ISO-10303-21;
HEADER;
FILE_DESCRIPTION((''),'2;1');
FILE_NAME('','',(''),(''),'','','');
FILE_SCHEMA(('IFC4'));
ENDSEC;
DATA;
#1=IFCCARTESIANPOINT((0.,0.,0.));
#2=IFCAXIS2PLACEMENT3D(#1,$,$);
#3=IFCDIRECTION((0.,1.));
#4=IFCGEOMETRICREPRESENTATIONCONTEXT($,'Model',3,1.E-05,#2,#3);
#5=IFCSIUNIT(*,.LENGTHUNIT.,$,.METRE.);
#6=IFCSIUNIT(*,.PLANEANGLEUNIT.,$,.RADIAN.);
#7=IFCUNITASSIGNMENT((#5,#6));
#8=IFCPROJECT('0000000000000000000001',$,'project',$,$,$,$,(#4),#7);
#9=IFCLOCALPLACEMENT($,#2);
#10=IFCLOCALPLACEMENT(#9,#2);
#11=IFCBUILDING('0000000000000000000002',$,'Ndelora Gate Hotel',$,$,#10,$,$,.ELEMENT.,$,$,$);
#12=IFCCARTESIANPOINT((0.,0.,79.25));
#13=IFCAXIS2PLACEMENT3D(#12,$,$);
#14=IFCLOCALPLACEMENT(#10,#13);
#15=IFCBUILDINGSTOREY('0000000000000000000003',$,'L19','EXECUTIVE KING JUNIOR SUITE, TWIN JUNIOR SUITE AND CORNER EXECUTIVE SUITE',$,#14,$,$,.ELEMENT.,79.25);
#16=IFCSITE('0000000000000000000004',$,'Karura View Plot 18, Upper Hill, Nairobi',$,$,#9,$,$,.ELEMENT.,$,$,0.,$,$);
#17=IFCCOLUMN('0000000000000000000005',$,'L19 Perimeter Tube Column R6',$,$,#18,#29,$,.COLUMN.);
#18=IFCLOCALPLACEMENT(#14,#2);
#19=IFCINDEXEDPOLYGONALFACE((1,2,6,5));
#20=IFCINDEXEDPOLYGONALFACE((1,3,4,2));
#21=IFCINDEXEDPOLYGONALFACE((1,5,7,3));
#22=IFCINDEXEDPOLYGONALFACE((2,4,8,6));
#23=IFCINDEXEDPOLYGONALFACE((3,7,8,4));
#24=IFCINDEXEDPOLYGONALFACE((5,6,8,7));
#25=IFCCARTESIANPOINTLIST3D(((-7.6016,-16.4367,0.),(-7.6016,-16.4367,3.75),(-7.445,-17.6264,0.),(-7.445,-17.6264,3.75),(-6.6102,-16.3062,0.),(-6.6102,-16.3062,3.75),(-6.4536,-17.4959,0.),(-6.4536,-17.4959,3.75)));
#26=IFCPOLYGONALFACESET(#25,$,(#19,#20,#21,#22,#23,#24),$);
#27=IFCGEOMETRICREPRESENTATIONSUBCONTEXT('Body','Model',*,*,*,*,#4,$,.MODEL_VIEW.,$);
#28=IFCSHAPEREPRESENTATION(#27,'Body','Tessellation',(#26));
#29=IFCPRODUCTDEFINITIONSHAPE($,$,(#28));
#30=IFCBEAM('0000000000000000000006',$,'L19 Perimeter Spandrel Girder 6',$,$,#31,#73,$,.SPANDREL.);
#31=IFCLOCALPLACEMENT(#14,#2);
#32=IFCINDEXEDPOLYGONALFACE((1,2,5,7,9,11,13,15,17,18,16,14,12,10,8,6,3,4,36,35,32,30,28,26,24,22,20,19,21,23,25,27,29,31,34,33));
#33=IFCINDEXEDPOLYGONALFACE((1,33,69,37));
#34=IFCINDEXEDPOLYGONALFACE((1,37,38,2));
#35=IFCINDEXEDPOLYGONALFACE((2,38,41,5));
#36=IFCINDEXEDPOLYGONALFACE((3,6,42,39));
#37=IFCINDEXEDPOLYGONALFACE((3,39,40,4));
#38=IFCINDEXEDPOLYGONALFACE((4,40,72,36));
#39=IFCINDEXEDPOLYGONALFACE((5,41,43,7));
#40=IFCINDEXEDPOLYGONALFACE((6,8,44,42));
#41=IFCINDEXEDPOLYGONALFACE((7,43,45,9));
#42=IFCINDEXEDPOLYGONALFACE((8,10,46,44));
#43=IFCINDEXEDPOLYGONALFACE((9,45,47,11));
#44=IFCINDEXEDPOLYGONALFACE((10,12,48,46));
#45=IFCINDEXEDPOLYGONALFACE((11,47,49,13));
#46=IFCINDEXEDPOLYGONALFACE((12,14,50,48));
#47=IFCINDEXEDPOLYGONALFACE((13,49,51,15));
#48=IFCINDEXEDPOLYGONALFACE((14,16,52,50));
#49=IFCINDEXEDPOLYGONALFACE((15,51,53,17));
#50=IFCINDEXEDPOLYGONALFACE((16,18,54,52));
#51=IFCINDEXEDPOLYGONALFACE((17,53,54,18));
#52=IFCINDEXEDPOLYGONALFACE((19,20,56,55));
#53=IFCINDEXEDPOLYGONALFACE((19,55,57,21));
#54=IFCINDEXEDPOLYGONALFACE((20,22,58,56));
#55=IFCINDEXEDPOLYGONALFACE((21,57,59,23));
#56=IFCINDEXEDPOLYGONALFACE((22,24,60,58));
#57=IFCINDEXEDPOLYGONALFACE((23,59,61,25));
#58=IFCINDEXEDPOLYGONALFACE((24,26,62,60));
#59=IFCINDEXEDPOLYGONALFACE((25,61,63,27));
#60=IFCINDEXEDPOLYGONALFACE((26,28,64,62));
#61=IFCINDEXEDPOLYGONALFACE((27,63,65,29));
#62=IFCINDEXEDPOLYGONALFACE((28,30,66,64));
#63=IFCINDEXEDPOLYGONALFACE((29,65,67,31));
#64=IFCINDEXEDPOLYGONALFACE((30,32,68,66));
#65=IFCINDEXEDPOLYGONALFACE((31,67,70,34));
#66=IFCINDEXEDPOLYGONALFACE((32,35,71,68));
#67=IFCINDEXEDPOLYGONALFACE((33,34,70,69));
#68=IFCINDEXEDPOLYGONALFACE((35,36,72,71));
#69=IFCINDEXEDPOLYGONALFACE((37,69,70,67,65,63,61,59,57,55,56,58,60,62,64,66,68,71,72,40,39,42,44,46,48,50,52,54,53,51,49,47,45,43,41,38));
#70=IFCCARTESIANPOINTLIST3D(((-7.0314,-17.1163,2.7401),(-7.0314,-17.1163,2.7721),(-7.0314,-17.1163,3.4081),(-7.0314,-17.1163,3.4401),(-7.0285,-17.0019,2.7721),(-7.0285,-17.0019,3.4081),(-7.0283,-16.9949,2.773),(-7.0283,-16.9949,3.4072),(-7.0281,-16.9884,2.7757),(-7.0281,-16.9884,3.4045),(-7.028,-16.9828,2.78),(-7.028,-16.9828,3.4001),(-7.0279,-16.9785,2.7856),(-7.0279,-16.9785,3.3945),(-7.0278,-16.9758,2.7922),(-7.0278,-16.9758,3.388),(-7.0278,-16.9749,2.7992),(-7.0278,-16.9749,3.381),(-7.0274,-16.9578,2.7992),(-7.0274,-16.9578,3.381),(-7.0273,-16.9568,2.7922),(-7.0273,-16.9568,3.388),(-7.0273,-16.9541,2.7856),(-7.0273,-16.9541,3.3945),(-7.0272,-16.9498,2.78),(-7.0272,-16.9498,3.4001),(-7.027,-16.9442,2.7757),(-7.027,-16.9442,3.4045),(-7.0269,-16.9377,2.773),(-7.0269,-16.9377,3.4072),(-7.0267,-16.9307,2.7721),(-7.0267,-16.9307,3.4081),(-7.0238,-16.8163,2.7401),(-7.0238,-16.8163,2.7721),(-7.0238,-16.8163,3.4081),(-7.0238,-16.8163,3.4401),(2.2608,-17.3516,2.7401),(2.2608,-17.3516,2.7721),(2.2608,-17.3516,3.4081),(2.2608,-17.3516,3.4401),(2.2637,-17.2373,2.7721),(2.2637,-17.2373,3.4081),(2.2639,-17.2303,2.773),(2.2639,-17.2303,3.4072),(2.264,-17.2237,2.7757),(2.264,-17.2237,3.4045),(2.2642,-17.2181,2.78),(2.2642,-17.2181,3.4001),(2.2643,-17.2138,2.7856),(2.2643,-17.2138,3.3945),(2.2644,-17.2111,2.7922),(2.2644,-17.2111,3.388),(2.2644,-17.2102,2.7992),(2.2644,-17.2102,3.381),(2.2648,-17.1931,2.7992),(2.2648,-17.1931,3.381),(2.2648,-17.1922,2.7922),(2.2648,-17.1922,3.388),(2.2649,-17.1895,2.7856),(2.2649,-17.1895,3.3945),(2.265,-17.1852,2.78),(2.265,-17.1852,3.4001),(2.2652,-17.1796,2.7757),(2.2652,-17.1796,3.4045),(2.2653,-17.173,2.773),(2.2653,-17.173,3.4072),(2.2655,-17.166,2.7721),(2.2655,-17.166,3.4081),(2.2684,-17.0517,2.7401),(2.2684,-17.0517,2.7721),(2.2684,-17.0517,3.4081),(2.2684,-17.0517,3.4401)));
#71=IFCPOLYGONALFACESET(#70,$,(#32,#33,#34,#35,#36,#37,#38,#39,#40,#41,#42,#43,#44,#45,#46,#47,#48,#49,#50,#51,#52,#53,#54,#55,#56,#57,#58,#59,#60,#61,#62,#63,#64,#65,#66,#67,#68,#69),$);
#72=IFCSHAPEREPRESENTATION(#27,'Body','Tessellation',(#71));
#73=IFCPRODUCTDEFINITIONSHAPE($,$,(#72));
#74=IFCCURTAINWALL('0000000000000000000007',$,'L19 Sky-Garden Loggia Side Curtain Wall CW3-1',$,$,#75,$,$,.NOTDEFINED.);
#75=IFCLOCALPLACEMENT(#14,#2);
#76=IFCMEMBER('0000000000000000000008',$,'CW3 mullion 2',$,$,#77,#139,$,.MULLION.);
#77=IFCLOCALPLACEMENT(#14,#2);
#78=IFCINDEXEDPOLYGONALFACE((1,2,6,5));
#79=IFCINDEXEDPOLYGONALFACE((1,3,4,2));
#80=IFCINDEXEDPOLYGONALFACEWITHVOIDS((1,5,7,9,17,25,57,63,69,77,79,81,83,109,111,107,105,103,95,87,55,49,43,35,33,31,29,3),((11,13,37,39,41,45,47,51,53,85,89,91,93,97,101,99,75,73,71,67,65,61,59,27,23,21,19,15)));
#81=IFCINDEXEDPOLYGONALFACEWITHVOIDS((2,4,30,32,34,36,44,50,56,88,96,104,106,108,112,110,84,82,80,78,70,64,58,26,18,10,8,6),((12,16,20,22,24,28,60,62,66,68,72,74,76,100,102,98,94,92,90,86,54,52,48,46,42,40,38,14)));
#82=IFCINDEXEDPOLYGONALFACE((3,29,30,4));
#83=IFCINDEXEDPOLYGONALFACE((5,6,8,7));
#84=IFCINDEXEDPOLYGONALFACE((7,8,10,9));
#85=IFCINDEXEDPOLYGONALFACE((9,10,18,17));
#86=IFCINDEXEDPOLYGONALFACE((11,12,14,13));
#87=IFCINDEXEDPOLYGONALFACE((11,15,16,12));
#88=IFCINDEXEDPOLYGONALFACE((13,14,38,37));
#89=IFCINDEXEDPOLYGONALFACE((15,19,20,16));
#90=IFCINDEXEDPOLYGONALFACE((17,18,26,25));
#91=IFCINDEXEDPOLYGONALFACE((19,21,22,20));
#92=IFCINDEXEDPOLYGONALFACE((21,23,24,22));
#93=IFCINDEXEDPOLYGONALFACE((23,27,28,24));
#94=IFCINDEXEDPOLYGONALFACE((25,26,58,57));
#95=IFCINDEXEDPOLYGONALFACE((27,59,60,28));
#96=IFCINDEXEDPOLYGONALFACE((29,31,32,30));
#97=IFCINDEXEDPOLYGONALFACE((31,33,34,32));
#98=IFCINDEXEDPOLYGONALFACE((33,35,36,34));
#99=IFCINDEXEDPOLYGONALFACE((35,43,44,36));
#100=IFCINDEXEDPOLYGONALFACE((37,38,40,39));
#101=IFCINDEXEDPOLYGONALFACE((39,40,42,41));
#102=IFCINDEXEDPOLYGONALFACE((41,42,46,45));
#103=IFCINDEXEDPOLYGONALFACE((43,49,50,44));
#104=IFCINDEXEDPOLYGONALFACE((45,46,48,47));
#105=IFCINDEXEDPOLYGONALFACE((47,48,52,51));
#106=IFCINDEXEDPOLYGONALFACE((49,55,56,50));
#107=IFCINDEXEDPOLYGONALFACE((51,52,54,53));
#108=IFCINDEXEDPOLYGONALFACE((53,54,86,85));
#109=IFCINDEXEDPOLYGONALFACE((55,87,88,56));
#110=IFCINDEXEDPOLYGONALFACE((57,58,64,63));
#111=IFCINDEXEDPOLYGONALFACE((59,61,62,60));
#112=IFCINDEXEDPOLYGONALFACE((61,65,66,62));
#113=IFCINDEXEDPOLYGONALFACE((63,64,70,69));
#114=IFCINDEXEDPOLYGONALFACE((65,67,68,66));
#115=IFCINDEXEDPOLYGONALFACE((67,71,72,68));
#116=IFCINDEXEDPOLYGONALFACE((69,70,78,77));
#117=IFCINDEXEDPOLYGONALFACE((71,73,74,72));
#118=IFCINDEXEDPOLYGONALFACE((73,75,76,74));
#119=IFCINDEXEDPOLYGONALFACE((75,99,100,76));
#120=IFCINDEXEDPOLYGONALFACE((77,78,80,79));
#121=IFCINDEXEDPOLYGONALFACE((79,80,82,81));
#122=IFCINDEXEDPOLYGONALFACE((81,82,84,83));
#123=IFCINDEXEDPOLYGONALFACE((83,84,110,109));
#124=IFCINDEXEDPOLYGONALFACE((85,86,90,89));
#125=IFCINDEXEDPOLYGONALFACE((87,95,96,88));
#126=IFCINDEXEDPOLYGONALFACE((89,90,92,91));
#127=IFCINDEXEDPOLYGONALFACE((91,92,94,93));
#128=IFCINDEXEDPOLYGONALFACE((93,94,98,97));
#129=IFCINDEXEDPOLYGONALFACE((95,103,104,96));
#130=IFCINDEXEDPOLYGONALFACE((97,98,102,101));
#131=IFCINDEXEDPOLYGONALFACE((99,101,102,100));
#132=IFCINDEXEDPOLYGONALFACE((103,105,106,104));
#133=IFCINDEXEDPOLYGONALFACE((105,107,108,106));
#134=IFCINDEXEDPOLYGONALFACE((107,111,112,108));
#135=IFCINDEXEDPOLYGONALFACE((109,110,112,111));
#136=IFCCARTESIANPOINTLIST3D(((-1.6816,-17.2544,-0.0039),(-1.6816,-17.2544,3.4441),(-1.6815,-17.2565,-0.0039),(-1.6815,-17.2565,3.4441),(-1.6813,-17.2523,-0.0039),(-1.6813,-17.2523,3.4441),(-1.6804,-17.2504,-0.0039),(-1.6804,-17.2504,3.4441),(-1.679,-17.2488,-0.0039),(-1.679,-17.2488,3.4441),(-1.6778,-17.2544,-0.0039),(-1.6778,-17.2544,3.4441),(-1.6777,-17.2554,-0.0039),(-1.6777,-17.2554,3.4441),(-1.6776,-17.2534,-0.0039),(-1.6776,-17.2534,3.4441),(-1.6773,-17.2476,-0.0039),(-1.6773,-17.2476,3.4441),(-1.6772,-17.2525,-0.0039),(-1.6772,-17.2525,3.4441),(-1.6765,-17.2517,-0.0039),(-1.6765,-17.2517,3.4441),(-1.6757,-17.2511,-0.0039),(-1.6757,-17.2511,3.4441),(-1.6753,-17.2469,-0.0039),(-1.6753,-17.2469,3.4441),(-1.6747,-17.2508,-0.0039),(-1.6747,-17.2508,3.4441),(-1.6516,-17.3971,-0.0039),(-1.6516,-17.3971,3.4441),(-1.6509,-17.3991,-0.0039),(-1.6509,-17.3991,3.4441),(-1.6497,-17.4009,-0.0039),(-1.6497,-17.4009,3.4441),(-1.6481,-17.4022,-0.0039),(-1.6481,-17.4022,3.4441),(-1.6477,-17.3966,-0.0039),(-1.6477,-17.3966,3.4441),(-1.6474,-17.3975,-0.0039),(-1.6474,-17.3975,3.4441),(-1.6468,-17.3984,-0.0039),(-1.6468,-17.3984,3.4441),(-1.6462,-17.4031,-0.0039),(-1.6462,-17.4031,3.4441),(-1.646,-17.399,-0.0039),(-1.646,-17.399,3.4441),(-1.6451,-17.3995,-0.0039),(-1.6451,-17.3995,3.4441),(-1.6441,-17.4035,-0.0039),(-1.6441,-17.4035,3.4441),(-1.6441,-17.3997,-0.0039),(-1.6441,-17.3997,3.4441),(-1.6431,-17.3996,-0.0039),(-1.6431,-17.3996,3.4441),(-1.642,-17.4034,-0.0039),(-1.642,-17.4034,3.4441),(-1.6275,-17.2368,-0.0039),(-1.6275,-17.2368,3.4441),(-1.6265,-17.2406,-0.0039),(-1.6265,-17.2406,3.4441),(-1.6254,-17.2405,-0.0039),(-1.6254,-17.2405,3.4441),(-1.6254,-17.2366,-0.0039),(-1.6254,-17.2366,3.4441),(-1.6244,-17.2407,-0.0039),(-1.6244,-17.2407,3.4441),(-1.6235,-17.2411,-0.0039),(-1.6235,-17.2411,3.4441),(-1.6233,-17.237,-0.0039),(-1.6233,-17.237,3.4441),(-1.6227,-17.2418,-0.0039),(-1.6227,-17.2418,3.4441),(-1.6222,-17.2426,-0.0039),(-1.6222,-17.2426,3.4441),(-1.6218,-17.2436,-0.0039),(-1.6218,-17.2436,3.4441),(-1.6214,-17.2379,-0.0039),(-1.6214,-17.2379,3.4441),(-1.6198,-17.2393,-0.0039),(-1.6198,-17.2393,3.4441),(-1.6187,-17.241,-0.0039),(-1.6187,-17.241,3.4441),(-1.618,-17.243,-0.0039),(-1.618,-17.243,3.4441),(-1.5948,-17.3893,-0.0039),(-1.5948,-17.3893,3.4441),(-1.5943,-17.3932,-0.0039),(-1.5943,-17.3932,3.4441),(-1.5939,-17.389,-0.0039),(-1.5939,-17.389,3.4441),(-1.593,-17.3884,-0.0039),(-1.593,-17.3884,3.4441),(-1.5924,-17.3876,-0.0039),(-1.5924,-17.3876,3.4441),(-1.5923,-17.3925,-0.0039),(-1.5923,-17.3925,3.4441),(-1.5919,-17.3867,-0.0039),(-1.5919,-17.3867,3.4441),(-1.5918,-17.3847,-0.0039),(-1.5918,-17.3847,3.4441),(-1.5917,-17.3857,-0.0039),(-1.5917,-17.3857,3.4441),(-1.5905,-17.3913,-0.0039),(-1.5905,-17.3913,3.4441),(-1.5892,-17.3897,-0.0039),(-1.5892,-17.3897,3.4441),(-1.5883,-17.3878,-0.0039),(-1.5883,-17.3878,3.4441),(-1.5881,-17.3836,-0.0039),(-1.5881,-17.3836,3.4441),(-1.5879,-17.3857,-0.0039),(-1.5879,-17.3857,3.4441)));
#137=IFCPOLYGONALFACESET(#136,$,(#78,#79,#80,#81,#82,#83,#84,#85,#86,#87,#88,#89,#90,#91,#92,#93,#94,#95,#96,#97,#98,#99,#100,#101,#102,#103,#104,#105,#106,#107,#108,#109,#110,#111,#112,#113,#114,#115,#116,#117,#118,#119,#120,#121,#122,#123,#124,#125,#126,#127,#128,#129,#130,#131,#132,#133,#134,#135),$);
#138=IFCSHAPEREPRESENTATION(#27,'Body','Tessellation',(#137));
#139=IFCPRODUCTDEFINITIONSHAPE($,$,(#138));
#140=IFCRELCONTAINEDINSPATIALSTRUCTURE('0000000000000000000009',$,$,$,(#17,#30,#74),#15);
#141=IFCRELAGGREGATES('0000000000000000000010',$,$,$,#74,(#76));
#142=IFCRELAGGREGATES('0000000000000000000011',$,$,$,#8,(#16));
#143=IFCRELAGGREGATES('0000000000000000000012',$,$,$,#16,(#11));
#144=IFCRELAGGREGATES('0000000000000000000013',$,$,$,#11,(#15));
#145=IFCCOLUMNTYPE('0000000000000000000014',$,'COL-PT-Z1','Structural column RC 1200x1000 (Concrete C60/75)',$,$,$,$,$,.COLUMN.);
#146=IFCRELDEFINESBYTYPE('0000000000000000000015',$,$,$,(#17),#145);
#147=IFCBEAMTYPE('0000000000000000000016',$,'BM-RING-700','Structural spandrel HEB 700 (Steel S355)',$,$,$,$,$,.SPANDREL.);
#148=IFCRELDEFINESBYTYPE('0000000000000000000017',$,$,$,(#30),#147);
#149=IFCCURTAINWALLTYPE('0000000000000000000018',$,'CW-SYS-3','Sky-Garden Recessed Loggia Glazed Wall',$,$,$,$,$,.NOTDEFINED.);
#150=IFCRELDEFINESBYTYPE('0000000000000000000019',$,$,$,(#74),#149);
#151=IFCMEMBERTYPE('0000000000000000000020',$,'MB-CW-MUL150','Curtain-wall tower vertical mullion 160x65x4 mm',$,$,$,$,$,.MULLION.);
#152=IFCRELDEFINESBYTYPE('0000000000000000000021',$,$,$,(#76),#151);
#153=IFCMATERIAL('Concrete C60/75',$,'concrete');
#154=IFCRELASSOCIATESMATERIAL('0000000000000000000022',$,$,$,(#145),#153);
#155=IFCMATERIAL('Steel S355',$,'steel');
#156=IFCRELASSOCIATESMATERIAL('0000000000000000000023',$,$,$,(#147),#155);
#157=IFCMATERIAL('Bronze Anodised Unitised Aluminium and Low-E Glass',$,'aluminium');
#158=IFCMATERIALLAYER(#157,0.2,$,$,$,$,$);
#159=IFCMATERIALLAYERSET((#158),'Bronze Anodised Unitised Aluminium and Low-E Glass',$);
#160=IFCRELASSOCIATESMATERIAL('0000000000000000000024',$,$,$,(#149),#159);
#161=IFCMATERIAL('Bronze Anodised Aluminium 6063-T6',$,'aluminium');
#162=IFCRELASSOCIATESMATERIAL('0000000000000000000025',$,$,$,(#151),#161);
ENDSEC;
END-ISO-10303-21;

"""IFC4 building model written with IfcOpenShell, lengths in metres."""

from ifc_helpers import new_model, si_unit, direction, frame, origin, origin_2d, place, context, subcontext, project, spatial, rectangle, hollow_rectangle, i_section, extrude, material, layer, layer_set, material_profile, profile_set, type_object, element, aggregate, save


model = new_model("IFC4")

# Units and contexts
model_context = context("Model", 3, precision=1e-05, world=origin(), true_north=direction((0.0, 1.0)))
body_context = subcontext(model_context, "Body", "Model", "MODEL_VIEW")
ifc_project = project(units=[si_unit("LENGTHUNIT", "METRE"), si_unit("PLANEANGLEUNIT", "RADIAN")], contexts=[model_context])

# Site, building, storey
site_placement = place(None, origin())
site = spatial("IfcSite", under=ifc_project, at=site_placement, Name="Karura View Plot 18, Upper Hill, Nairobi", CompositionType="ELEMENT", RefElevation=0.0)
building_placement = place(site_placement, origin())
building = spatial("IfcBuilding", under=site, at=building_placement, Name="Ndelora Gate Hotel", CompositionType="ELEMENT")
storey_placement = place(building_placement, frame((0.0, 0.0, 79.25)))
storey = spatial("IfcBuildingStorey", under=building, at=storey_placement, Name="L19", Description="EXECUTIVE KING JUNIOR SUITE, TWIN JUNIOR SUITE AND CORNER EXECUTIVE SUITE", CompositionType="ELEMENT", Elevation=79.25)

# Column
ifc_material_1 = material(Name="Concrete C60/75", Category="concrete")
ifc_material_profile_1 = material_profile(ifc_material_1, rectangle(XDim=1.0, YDim=1.2, at=origin_2d()), Name="RC 1200x1000")
ifc_profile_set_1 = profile_set([ifc_material_profile_1], Name="Concrete C60/75")
column_type = type_object("IfcColumnType", Name="COL-PT-Z1", Description="Structural column RC 1200x1000 (Concrete C60/75)", PredefinedType="COLUMN", material=ifc_profile_set_1)
column_placement = place(storey_placement, frame((-7.0276, -16.9663, 0.0), z_axis=(0.0, 0.0, 1.0), x_axis=(0.991445, 0.130526, 0.0)))
element("IfcColumn", 1, at=column_placement, inside=storey, type_object=column_type, Name="L19 Perimeter Tube Column R6", PredefinedType="COLUMN", context=body_context, shape_type="SweptSolid", body=[
    extrude(rectangle(XDim=1.0, YDim=1.2, at=origin_2d()), origin(), (0.0, 0.0, 1.0), 3.75),
])

# Beam
ifc_material_2 = material(Name="Steel S355", Category="steel")
ifc_material_profile_2 = material_profile(ifc_material_2, i_section(OverallWidth=0.3, OverallDepth=0.7, WebThickness=0.0171, FlangeThickness=0.032, FilletRadius=0.0271, at=origin_2d()), Name="HEB 700")
ifc_profile_set_2 = profile_set([ifc_material_profile_2], Name="Steel S355")
beam_type = type_object("IfcBeamType", Name="BM-RING-700", Description="Structural spandrel HEB 700 (Steel S355)", PredefinedType="SPANDREL", material=ifc_profile_set_2)
beam_placement = place(storey_placement, frame((-7.0276, -16.9663, 3.0901), z_axis=(0.999679, -0.02532, 0.0), x_axis=(0.02532, 0.999679, 0.0)))
element("IfcBeam", 2, at=beam_placement, inside=storey, type_object=beam_type, Name="L19 Perimeter Spandrel Girder 6", PredefinedType="SPANDREL", context=body_context, shape_type="SweptSolid", body=[
    extrude(i_section(OverallWidth=0.3, OverallDepth=0.7, WebThickness=0.0171, FlangeThickness=0.032, FilletRadius=0.0271, at=origin_2d()), origin(), (0.0, 0.0, 1.0), 9.2952),
])

# Curtain wall, member
ifc_material_3 = material(Name="Bronze Anodised Unitised Aluminium and Low-E Glass", Category="aluminium")
ifc_layer_1 = layer(ifc_material_3, 0.2)
ifc_layer_set_1 = layer_set([ifc_layer_1], Name="Bronze Anodised Unitised Aluminium and Low-E Glass")
curtain_wall_type = type_object("IfcCurtainWallType", Name="CW-SYS-3", Description="Sky-Garden Recessed Loggia Glazed Wall", PredefinedType="NOTDEFINED", material=ifc_layer_set_1)
curtain_wall_placement = place(storey_placement, origin())
curtain_wall = element("IfcCurtainWall", 3, at=curtain_wall_placement, inside=storey, type_object=curtain_wall_type, Name="L19 Sky-Garden Loggia Side Curtain Wall CW3-1", PredefinedType="NOTDEFINED")
ifc_material_4 = material(Name="Bronze Anodised Aluminium 6063-T6", Category="aluminium")
ifc_material_profile_3 = material_profile(ifc_material_4, hollow_rectangle(XDim=0.0649, YDim=0.1599, WallThickness=0.0039, InnerFilletRadius=0.0039, OuterFilletRadius=0.0081, at=origin_2d()), Name="ALU 160x65x4")
ifc_profile_set_3 = profile_set([ifc_material_profile_3], Name="Bronze Anodised Aluminium 6063-T6")
member_type_1 = type_object("IfcMemberType", Name="MB-CW-MUL150", Description="Curtain-wall tower vertical mullion 160x65x4 mm", PredefinedType="MULLION", material=ifc_profile_set_3)
member_1_placement = place(storey_placement, frame((-1.6348, -17.3201, -0.0039), z_axis=(0.0, 0.0, 1.0), x_axis=(0.978148, 0.207911, 0.0)))
member_1 = element("IfcMember", 4, at=member_1_placement, type_object=member_type_1, Name="CW3 mullion 2", PredefinedType="MULLION", context=body_context, shape_type="SweptSolid", body=[
    extrude(hollow_rectangle(XDim=0.0649, YDim=0.1599, WallThickness=0.0039, InnerFilletRadius=0.0039, OuterFilletRadius=0.0081, at=origin_2d()), origin(), (0.0, 0.0, 1.0), 3.448),
])
aggregate(curtain_wall, [member_1])

save(model, "model.ifc")
